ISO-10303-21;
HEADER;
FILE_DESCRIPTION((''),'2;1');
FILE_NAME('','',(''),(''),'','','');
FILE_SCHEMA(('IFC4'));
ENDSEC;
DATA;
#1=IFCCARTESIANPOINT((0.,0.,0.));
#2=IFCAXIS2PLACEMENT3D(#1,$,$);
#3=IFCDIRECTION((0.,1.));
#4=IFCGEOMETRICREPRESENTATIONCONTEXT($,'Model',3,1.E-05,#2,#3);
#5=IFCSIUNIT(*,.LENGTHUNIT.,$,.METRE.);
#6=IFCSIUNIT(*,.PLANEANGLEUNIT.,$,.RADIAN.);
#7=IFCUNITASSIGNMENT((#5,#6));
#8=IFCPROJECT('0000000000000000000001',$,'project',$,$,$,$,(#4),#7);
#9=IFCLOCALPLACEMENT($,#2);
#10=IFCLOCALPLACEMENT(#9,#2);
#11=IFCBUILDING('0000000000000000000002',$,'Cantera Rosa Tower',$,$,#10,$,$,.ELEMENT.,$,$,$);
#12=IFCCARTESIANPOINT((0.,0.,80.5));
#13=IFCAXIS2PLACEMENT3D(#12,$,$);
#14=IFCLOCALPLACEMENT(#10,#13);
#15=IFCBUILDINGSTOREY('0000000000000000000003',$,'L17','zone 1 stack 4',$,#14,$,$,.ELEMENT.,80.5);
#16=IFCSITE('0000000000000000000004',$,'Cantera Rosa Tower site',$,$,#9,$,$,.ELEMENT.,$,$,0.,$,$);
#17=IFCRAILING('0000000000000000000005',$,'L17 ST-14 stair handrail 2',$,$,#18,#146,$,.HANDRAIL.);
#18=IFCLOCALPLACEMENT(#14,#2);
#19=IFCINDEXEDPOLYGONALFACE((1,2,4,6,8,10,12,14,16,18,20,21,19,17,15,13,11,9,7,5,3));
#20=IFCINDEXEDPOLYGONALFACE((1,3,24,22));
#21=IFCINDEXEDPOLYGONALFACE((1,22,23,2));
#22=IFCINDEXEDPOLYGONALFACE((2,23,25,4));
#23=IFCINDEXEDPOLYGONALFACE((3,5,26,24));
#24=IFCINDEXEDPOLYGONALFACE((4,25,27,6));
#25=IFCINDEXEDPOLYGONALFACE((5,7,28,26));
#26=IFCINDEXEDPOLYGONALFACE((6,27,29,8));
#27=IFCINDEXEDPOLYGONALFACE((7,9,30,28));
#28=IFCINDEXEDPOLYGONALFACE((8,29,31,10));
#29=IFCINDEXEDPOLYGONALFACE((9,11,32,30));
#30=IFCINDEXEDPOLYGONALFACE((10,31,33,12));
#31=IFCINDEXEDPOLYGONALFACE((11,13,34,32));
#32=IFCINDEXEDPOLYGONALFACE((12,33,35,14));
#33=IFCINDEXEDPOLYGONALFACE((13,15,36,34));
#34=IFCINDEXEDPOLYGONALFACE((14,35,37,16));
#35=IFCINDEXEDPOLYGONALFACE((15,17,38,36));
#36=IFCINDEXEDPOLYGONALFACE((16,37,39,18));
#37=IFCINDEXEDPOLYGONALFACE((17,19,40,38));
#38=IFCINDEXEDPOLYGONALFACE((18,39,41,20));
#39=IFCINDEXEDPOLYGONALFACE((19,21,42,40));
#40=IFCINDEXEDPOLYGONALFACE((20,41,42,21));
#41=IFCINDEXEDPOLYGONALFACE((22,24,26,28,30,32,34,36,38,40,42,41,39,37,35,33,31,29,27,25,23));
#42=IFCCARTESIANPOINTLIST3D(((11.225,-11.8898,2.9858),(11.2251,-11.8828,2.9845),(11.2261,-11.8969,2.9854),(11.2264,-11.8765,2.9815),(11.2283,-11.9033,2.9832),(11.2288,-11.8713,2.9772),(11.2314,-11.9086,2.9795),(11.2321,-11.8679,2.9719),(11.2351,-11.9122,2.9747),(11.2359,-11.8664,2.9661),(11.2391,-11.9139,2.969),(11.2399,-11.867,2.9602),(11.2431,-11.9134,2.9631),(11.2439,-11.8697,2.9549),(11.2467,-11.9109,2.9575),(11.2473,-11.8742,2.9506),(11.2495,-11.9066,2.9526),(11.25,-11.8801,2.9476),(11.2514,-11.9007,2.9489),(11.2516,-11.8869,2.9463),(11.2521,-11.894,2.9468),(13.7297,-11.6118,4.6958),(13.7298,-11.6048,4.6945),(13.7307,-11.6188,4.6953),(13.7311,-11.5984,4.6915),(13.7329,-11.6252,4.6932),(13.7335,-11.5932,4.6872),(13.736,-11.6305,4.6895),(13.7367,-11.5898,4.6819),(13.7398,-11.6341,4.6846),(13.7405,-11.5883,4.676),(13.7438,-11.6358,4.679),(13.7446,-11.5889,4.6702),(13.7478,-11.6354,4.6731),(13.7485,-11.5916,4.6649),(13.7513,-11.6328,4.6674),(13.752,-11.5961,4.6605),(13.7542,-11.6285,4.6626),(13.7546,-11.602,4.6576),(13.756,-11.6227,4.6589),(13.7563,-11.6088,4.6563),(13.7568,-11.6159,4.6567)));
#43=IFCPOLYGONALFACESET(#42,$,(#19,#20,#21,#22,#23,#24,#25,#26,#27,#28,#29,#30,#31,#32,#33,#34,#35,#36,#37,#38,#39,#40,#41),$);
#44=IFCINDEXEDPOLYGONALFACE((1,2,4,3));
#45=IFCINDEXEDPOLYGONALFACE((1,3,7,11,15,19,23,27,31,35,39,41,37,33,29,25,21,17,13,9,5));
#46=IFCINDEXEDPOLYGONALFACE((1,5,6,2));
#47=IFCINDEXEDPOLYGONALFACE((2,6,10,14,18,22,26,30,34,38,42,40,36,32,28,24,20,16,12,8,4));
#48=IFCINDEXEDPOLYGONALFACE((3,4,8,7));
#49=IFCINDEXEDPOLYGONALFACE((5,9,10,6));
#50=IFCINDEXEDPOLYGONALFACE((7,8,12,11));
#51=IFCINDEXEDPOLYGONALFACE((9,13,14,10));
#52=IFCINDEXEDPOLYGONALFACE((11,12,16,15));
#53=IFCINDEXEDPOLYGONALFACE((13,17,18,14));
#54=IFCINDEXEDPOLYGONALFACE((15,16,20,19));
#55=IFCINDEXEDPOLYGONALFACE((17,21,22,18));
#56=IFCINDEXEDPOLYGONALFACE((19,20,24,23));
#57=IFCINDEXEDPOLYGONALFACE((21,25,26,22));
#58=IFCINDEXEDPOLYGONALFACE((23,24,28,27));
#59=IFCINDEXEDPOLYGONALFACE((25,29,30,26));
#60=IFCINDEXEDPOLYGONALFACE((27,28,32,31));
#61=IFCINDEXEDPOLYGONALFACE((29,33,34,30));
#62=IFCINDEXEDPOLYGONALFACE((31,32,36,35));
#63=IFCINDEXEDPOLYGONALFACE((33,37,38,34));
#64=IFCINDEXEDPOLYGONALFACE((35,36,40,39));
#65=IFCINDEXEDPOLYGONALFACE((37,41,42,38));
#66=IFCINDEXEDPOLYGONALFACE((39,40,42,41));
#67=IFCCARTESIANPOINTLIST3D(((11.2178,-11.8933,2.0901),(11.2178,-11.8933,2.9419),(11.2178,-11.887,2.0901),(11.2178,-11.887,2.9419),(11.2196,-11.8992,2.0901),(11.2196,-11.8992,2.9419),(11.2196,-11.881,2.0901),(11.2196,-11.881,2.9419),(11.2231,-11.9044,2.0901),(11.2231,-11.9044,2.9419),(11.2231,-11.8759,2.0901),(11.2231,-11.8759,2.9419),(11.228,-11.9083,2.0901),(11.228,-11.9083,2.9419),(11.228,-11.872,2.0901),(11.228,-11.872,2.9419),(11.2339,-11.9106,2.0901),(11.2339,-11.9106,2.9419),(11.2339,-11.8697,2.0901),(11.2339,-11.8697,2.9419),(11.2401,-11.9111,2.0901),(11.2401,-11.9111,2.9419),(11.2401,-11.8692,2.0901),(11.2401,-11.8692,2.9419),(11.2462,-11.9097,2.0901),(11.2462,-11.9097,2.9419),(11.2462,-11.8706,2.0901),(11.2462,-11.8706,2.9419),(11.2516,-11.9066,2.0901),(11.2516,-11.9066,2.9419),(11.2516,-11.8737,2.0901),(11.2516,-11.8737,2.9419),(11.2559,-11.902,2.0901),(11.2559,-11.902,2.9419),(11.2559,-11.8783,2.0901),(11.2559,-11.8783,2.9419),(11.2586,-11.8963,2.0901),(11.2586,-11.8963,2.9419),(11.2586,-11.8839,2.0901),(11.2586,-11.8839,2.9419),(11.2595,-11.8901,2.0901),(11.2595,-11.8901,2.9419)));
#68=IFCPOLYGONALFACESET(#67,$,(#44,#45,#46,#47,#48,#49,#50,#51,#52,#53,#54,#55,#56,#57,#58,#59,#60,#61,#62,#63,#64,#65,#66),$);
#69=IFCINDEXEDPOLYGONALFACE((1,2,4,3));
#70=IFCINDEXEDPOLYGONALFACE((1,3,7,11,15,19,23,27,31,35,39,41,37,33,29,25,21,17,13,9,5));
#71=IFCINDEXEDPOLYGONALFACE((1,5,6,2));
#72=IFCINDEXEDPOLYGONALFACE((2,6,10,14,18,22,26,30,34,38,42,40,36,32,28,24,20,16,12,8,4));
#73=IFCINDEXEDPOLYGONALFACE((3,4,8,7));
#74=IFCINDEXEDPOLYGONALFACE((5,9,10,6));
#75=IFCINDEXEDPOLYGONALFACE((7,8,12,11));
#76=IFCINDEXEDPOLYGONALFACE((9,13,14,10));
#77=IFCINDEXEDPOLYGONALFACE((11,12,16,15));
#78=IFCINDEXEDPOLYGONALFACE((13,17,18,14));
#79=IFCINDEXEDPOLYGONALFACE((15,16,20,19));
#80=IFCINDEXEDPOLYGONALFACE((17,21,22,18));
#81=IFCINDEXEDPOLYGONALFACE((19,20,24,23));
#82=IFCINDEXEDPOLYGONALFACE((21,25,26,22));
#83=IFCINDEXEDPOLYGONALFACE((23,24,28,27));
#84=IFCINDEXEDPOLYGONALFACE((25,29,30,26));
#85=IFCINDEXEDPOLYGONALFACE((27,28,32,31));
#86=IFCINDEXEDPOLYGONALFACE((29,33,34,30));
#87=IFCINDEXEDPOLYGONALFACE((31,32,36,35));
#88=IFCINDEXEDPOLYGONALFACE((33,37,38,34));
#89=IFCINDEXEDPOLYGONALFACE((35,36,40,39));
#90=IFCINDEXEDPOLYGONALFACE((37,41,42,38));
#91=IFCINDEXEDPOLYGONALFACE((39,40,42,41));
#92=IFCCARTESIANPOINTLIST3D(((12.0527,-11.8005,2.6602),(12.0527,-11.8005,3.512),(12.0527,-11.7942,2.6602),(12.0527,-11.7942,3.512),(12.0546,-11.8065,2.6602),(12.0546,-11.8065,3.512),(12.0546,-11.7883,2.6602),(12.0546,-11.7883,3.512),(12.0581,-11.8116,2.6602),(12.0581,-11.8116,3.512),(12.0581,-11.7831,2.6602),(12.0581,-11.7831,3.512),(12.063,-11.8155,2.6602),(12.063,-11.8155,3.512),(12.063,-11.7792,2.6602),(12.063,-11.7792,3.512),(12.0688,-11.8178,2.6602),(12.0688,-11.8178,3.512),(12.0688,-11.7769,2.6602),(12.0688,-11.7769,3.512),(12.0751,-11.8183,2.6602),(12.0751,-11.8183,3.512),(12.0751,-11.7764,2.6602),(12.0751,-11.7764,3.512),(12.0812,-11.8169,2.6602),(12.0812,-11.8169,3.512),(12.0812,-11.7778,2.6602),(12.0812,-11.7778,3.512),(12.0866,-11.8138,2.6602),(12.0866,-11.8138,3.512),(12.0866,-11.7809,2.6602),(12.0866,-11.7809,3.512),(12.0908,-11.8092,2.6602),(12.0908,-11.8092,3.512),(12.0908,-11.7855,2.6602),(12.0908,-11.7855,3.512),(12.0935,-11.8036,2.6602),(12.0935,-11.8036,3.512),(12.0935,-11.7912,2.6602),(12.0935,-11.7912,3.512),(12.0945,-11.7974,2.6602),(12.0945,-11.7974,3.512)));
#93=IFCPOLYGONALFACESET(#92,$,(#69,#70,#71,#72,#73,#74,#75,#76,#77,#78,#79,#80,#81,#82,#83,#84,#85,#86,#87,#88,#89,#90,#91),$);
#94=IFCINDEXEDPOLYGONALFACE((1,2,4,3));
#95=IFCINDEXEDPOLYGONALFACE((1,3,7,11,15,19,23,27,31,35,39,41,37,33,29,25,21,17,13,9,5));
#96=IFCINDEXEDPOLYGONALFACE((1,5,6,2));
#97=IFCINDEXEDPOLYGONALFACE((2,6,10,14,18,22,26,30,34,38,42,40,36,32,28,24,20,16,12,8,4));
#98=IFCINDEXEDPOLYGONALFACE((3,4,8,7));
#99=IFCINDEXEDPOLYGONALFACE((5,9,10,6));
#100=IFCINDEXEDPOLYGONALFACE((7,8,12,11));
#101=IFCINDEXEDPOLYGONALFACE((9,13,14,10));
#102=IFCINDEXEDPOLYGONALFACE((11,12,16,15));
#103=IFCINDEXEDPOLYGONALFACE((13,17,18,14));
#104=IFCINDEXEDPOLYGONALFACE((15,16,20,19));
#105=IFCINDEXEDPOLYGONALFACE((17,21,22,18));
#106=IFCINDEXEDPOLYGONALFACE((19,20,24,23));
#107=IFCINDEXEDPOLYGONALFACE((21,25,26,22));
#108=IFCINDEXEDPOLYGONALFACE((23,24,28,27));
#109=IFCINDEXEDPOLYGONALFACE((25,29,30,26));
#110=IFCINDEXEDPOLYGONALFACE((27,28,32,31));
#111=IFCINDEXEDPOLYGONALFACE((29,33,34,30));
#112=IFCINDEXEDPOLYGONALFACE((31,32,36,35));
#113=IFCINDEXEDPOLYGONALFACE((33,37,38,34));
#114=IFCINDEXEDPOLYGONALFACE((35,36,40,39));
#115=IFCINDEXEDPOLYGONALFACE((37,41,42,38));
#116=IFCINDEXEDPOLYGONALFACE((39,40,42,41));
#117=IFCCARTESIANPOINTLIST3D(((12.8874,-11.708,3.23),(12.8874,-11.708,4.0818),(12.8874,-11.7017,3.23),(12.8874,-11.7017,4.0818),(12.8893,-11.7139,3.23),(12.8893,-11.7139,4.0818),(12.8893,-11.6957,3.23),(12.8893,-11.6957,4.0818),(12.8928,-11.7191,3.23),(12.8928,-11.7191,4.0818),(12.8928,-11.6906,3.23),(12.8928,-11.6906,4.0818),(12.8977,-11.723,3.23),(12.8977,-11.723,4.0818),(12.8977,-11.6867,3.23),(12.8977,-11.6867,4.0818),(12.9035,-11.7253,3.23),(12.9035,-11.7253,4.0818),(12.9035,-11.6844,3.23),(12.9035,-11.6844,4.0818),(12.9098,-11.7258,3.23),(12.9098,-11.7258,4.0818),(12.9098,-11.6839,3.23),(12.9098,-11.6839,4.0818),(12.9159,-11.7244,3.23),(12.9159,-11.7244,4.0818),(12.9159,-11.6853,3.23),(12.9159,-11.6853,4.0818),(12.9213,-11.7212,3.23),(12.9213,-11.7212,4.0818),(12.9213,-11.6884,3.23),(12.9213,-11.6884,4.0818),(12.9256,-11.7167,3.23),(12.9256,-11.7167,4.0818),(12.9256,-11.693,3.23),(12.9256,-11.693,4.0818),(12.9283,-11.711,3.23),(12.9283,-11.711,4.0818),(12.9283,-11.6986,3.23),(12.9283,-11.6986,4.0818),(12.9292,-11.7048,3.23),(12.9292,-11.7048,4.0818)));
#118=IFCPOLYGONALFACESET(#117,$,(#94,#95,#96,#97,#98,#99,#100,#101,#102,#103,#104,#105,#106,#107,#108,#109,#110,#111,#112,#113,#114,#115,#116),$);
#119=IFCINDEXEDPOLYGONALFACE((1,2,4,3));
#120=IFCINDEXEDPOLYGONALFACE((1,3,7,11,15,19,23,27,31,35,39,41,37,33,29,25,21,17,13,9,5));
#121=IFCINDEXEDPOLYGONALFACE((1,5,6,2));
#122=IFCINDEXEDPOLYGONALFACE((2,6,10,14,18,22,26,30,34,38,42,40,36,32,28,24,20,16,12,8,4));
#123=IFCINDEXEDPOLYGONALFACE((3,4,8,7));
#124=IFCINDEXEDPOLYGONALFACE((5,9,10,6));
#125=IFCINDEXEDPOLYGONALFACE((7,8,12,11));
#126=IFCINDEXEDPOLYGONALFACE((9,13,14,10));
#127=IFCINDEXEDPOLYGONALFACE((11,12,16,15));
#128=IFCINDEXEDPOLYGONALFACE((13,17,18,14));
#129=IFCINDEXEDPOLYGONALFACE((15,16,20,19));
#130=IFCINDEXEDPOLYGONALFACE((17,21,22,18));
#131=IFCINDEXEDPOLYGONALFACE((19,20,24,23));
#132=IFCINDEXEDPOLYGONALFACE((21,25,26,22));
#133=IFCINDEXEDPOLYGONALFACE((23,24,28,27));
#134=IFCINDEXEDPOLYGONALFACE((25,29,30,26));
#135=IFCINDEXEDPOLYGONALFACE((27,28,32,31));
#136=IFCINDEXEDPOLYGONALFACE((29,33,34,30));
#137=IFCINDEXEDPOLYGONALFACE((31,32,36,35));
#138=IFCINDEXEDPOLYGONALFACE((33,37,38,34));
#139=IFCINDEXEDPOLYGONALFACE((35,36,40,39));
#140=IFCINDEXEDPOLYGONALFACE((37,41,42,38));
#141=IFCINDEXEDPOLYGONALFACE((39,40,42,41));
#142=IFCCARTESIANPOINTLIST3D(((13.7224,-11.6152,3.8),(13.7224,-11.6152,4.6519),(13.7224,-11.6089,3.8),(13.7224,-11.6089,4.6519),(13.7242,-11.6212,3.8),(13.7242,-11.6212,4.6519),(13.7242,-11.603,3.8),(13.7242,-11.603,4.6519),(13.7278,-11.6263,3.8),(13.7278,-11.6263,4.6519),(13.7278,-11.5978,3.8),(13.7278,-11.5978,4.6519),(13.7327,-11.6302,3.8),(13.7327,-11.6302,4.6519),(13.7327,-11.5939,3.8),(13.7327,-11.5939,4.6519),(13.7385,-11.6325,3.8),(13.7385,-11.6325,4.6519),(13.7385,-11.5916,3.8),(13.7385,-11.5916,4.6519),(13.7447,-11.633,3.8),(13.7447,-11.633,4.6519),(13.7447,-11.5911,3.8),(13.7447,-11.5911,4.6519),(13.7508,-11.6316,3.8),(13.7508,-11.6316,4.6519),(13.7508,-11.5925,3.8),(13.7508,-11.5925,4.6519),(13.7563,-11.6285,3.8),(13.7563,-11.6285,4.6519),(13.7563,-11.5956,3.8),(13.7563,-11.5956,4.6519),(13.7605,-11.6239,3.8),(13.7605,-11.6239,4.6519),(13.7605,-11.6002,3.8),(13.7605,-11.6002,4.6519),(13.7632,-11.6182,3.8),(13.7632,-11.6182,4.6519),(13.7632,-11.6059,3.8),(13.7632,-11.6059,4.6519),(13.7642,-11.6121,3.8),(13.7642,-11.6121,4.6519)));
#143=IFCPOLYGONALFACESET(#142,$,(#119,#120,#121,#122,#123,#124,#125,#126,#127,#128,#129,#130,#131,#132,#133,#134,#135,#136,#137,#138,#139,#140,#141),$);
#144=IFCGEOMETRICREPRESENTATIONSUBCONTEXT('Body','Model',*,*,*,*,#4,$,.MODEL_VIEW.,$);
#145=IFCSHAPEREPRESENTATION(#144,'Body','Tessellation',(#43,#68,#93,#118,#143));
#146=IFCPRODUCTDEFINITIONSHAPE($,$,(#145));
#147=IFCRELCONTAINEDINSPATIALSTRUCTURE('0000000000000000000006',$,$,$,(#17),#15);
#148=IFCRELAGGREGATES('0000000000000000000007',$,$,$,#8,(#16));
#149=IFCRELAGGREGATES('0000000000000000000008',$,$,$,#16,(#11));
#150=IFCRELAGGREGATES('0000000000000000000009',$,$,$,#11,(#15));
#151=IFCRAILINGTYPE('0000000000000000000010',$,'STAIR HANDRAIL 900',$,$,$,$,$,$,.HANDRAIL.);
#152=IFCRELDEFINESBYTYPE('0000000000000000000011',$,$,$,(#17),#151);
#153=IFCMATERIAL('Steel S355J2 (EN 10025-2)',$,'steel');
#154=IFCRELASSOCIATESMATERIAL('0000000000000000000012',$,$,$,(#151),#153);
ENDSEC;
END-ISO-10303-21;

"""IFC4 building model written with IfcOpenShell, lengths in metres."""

from ifc_helpers import new_model, si_unit, direction, frame, origin, origin_2d, place, context, subcontext, project, spatial, circle, extrude, material, type_object, element, save


model = new_model("IFC4")

# Units and contexts
model_context = context("Model", 3, precision=1e-05, world=origin(), true_north=direction((0.0, 1.0)))
body_context = subcontext(model_context, "Body", "Model", "MODEL_VIEW")
ifc_project = project(units=[si_unit("LENGTHUNIT", "METRE"), si_unit("PLANEANGLEUNIT", "RADIAN")], contexts=[model_context])

# Site, building, storey
site_placement = place(None, origin())
site = spatial("IfcSite", under=ifc_project, at=site_placement, Name="Cantera Rosa Tower site", CompositionType="ELEMENT", RefElevation=0.0)
building_placement = place(site_placement, origin())
building = spatial("IfcBuilding", under=site, at=building_placement, Name="Cantera Rosa Tower", CompositionType="ELEMENT")
storey_placement = place(building_placement, frame((0.0, 0.0, 80.5)))
storey = spatial("IfcBuildingStorey", under=building, at=storey_placement, Name="L17", Description="zone 1 stack 4", CompositionType="ELEMENT", Elevation=80.5)

# Railing
ifc_material_1 = material(Name="Steel S355J2 (EN 10025-2)", Category="steel")
railing_type_1 = type_object("IfcRailingType", Name="STAIR HANDRAIL 900", PredefinedType="HANDRAIL", material=ifc_material_1)
railing_1_placement = place(storey_placement, frame((11.2385, -11.8901, 2.0901)))
element("IfcRailing", 1, at=railing_1_placement, inside=storey, type_object=railing_type_1, Name="L17 ST-14 stair handrail 2", PredefinedType="HANDRAIL", context=body_context, shape_type="SweptSolid", body=[
    extrude(circle(Radius=0.0239, at=origin_2d()), frame((0.0, 0.0, 0.876), z_axis=(0.822431, 0.09131, 0.561488), x_axis=(-0.110346, 0.993893, 0.0)), (0.0, 0.0, 1.0), 3.0454),
    extrude(circle(Radius=0.021, at=origin_2d()), origin(), (0.0, 0.0, 1.0), 0.8518),
    extrude(circle(Radius=0.021, at=origin_2d()), frame((0.835, 0.0928, 0.5701)), (0.0, 0.0, 1.0), 0.8518),
    extrude(circle(Radius=0.021, at=origin_2d()), frame((1.6697, 0.1853, 1.1399)), (0.0, 0.0, 1.0), 0.8518),
    extrude(circle(Radius=0.021, at=origin_2d()), frame((2.5046, 0.2781, 1.71)), (0.0, 0.0, 1.0), 0.8518),
])

save(model, "model.ifc")
